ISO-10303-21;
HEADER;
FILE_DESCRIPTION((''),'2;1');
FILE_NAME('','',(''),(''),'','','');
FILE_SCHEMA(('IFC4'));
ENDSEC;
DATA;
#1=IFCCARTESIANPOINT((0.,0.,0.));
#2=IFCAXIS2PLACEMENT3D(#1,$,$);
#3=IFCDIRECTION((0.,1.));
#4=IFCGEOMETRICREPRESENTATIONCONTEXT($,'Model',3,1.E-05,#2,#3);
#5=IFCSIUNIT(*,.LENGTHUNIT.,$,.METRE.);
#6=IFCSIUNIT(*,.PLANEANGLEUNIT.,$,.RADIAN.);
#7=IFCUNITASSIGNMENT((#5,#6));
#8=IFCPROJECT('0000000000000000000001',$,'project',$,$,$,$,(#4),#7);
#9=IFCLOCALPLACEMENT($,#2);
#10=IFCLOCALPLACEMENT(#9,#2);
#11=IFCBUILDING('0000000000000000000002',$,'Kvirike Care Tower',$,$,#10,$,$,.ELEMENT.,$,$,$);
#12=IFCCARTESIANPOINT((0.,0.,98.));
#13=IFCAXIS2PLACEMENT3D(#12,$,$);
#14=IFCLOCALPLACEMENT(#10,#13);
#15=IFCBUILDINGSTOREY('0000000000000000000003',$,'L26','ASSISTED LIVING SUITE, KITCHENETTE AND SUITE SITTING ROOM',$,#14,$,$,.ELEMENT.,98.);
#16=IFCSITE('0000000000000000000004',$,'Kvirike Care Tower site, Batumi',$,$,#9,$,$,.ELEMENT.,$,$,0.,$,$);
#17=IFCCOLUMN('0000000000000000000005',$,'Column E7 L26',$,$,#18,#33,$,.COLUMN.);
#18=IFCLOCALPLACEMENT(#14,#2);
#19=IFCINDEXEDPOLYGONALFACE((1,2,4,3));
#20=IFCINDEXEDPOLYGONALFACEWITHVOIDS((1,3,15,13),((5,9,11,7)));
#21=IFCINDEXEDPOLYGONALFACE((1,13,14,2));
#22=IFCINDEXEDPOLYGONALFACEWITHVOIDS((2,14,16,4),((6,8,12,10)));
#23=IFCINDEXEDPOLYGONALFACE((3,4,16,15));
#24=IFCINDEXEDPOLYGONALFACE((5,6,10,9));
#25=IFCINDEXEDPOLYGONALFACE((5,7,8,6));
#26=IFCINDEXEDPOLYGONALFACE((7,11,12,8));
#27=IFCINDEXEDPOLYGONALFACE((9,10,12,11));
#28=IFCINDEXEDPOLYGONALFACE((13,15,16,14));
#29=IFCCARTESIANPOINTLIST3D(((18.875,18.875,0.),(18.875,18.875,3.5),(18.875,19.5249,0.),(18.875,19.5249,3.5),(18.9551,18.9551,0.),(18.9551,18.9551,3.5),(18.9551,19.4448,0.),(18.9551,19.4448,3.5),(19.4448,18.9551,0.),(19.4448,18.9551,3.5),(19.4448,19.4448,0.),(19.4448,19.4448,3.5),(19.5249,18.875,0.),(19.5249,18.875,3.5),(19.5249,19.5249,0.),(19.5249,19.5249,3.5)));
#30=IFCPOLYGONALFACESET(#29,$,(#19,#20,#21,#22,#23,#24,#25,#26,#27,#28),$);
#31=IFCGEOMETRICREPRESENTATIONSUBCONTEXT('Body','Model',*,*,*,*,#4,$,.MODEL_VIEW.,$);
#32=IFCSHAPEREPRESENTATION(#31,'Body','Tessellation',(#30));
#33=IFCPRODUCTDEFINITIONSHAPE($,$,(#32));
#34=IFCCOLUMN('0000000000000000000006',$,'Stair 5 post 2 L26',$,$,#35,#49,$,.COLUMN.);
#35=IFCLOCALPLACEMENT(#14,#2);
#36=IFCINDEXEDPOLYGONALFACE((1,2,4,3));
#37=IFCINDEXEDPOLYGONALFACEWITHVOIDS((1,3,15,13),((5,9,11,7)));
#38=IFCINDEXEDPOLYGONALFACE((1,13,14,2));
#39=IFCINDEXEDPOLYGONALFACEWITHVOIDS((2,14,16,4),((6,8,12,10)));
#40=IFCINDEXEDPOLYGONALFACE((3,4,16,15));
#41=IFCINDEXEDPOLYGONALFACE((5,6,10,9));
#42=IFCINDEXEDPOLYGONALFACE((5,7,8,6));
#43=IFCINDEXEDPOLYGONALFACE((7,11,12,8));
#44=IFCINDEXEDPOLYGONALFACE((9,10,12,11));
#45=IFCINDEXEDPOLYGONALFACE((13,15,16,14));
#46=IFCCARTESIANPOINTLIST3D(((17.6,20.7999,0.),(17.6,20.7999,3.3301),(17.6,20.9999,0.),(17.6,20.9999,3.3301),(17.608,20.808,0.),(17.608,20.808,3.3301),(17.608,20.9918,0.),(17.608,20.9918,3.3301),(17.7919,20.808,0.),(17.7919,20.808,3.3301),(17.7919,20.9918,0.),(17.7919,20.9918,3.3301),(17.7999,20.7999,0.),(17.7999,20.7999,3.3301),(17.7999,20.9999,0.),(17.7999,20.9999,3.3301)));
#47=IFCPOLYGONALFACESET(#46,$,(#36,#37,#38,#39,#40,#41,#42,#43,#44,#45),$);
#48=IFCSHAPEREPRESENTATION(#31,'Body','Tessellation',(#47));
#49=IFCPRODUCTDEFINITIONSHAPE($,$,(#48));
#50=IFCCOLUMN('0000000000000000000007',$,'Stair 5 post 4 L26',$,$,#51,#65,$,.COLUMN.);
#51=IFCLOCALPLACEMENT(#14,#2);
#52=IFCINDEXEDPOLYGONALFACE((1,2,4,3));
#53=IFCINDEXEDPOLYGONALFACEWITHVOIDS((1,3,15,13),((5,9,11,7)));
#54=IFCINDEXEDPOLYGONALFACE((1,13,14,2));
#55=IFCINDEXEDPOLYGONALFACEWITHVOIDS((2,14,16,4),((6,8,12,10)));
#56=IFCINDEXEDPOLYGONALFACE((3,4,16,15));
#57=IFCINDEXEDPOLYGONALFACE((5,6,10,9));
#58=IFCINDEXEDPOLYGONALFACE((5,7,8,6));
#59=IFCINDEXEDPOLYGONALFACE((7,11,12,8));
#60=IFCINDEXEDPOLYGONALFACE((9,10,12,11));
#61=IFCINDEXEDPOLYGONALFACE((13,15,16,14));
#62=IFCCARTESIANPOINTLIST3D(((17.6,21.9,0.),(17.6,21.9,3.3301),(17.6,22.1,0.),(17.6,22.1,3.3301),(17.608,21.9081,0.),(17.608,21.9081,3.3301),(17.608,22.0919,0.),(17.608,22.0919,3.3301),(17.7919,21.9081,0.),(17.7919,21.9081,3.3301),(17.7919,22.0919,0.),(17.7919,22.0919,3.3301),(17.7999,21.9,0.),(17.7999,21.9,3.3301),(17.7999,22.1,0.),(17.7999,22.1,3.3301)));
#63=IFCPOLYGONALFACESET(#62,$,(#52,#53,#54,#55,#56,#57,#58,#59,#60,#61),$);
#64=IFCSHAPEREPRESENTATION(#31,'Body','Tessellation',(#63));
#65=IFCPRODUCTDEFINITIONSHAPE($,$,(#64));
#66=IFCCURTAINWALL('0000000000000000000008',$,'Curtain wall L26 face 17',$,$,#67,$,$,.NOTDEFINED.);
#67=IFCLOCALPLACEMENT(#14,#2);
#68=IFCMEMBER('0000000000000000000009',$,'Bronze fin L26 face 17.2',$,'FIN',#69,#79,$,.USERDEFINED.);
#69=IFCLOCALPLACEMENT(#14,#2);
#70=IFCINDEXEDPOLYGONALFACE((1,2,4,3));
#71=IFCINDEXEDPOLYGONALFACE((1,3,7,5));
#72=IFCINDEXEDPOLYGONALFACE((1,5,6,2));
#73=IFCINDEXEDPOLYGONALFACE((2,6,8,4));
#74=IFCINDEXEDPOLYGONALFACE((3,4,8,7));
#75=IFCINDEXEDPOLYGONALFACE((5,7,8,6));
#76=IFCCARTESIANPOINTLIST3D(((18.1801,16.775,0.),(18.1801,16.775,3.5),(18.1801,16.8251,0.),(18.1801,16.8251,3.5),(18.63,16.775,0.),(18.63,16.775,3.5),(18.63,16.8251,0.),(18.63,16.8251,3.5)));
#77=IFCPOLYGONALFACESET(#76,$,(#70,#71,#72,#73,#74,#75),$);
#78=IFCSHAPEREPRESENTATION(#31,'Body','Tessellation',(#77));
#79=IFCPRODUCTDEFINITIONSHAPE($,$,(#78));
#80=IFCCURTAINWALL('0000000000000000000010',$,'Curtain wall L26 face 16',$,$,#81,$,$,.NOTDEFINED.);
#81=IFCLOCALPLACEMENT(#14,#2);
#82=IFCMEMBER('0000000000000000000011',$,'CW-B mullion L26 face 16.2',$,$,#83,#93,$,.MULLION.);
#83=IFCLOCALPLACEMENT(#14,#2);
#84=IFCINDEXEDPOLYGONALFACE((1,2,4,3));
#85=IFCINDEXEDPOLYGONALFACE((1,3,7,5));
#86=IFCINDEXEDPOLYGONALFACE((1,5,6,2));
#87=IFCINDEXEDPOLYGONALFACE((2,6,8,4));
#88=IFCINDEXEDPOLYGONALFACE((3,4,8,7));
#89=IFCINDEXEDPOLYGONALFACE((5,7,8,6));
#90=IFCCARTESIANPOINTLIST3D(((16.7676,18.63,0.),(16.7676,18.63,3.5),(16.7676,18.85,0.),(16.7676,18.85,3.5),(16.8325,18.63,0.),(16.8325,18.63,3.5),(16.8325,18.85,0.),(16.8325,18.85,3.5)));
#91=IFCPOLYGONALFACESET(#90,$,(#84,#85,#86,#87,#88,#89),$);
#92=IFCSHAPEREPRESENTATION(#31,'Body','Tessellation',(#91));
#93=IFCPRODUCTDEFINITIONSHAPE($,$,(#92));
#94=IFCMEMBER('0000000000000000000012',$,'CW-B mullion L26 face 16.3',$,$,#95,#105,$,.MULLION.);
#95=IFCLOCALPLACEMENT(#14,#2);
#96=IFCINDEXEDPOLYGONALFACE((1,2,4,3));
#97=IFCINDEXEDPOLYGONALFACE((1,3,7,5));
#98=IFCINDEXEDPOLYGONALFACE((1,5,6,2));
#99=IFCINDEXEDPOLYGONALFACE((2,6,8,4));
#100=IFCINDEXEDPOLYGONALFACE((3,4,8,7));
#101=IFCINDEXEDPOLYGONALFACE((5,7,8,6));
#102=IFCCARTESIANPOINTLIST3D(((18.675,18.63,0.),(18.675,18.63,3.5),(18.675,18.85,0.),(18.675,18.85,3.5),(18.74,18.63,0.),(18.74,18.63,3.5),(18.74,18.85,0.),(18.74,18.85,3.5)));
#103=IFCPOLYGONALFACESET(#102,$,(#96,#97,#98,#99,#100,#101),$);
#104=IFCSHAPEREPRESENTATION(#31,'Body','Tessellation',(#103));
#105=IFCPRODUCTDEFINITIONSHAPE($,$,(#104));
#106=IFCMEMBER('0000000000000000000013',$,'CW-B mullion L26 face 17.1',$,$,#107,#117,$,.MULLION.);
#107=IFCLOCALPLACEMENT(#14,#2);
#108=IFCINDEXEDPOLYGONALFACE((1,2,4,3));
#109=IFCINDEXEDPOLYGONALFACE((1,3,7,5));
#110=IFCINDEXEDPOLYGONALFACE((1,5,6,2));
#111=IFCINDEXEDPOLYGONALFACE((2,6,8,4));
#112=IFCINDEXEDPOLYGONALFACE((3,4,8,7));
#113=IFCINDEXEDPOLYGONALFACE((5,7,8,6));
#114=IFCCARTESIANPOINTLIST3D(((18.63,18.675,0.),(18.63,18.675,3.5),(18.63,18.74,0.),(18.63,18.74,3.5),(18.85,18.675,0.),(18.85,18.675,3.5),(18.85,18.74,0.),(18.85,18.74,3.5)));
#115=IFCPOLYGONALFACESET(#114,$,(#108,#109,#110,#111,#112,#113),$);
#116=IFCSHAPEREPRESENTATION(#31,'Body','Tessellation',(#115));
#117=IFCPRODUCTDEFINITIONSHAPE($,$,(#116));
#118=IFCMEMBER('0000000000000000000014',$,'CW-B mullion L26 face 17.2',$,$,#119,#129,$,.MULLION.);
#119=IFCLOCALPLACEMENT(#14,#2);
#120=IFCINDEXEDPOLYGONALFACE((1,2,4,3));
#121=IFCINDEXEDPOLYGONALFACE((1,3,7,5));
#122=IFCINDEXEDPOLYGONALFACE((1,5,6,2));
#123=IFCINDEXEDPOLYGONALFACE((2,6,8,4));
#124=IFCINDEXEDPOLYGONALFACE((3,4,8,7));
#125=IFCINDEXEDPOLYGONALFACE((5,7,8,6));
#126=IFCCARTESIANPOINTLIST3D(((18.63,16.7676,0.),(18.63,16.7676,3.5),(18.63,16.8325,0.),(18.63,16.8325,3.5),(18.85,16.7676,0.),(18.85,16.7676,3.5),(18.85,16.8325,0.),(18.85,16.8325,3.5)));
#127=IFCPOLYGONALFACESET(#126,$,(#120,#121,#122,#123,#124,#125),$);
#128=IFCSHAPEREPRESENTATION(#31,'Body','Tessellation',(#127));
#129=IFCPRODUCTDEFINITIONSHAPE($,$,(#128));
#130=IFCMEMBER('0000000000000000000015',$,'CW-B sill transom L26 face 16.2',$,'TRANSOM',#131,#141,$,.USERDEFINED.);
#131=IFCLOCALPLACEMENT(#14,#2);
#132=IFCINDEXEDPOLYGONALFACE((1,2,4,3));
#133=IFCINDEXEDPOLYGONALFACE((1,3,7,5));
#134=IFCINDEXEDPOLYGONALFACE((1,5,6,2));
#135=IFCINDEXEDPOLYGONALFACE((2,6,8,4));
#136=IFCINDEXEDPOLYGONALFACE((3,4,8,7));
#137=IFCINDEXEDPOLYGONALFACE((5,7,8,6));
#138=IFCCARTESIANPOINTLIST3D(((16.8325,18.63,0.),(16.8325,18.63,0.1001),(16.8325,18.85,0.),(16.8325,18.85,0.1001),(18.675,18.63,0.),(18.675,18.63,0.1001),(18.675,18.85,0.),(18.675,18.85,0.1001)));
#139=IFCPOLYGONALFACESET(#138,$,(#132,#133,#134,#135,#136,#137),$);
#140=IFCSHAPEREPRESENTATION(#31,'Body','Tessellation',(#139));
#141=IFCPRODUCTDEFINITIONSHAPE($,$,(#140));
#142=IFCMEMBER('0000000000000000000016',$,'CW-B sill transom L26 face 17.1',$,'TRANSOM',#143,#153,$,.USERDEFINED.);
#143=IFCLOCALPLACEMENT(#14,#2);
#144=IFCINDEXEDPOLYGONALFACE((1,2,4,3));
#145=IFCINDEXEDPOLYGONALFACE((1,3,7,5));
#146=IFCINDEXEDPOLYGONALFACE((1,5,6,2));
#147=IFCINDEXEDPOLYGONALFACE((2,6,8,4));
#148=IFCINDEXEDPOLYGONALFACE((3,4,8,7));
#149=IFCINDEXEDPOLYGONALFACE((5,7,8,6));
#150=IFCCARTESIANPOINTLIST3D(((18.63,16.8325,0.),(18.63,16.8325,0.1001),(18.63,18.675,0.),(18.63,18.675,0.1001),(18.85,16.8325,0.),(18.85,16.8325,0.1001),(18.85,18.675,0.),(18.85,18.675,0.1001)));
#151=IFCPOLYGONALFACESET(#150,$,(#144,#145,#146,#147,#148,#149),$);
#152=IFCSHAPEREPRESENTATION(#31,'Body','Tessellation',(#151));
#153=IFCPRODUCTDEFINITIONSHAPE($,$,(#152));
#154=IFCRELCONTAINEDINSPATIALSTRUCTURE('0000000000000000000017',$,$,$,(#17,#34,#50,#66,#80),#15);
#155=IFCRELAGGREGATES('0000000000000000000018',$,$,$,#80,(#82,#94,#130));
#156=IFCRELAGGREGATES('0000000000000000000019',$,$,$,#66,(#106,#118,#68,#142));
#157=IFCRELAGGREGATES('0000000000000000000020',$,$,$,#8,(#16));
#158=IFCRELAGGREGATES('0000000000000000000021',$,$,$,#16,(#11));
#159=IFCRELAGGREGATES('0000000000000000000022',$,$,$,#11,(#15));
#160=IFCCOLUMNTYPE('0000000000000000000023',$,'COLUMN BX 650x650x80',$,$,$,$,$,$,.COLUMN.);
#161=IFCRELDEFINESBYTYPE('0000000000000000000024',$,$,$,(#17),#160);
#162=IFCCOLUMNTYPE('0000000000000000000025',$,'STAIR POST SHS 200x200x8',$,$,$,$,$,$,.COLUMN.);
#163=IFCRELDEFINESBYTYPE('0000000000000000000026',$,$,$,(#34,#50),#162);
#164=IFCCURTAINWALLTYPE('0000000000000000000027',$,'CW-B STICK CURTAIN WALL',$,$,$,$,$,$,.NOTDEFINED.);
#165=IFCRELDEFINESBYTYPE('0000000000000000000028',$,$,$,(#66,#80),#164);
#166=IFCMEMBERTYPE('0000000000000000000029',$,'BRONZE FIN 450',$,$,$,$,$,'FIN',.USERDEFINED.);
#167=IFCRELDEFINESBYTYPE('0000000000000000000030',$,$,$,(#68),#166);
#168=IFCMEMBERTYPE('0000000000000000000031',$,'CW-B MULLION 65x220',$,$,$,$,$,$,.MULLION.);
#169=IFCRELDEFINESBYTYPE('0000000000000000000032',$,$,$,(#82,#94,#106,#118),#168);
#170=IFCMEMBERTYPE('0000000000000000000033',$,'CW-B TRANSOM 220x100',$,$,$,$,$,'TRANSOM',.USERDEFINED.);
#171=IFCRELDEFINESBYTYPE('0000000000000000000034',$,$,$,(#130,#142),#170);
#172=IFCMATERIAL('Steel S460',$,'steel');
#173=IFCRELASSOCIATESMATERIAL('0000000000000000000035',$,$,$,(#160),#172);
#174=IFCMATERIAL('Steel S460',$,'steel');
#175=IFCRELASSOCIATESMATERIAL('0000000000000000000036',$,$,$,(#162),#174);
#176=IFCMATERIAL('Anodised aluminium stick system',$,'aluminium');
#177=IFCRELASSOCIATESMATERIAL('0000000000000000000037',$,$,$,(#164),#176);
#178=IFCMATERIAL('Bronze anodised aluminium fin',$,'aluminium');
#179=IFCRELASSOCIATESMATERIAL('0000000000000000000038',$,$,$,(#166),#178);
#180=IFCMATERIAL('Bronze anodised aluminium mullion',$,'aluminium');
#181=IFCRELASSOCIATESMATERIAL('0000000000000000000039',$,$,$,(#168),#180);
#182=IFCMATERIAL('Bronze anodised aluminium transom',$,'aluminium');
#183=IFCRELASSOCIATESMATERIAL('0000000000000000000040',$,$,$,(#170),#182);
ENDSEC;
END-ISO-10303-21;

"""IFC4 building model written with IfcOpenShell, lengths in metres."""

from ifc_helpers import new_model, si_unit, direction, frame, origin, origin_2d, place, context, subcontext, project, spatial, rectangle, hollow_rectangle, extrude, material, material_profile, profile_set, type_object, element, aggregate, save


model = new_model("IFC4")

# Units and contexts
model_context = context("Model", 3, precision=1e-05, world=origin(), true_north=direction((0.0, 1.0)))
body_context = subcontext(model_context, "Body", "Model", "MODEL_VIEW")
ifc_project = project(units=[si_unit("LENGTHUNIT", "METRE"), si_unit("PLANEANGLEUNIT", "RADIAN")], contexts=[model_context])

# Site, building, storey
site_placement = place(None, origin())
site = spatial("IfcSite", under=ifc_project, at=site_placement, Name="Kvirike Care Tower site, Batumi", CompositionType="ELEMENT", RefElevation=0.0)
building_placement = place(site_placement, origin())
building = spatial("IfcBuilding", under=site, at=building_placement, Name="Kvirike Care Tower", CompositionType="ELEMENT")
storey_placement = place(building_placement, frame((0.0, 0.0, 98.0)))
storey = spatial("IfcBuildingStorey", under=building, at=storey_placement, Name="L26", Description="ASSISTED LIVING SUITE, KITCHENETTE AND SUITE SITTING ROOM", CompositionType="ELEMENT", Elevation=98.0)

# Columns
ifc_material_1 = material(Name="Steel S460", Category="steel")
ifc_material_profile_1 = material_profile(ifc_material_1, hollow_rectangle(XDim=0.6499, YDim=0.6499, WallThickness=0.0801, at=origin_2d()), Name="BX 650x650x80")
ifc_profile_set_1 = profile_set([ifc_material_profile_1], Name="Steel S460")
column_type_1 = type_object("IfcColumnType", Name="COLUMN BX 650x650x80", PredefinedType="COLUMN", material=ifc_profile_set_1)
column_placement = place(storey_placement, frame((19.2, 19.2, 0.0), z_axis=(0.0, 0.0, 1.0), x_axis=(0.0, 1.0, 0.0)))
element("IfcColumn", 1, at=column_placement, inside=storey, type_object=column_type_1, Name="Column E7 L26", PredefinedType="COLUMN", context=body_context, shape_type="SweptSolid", body=[
    extrude(hollow_rectangle(XDim=0.6499, YDim=0.6499, WallThickness=0.0801, at=origin_2d()), origin(), (0.0, 0.0, 1.0), 3.5),
])
ifc_material_2 = material(Name="Steel S460", Category="steel")
ifc_material_profile_2 = material_profile(ifc_material_2, hollow_rectangle(XDim=0.2, YDim=0.2, WallThickness=0.0081, at=origin_2d()), Name="SHS 200x200x8")
ifc_profile_set_2 = profile_set([ifc_material_profile_2], Name="Steel S460")
column_type_2 = type_object("IfcColumnType", Name="STAIR POST SHS 200x200x8", PredefinedType="COLUMN", material=ifc_profile_set_2)
for number, where, z_axis, x_axis, name in (
    (2, (17.7, 20.8999, 0.0), (0.0, 0.0, 1.0), (1.0, 0.0, 0.0), "Stair 5 post 2 L26"),
    (3, (17.7, 22.0, 0.0), (0.0, 0.0, 1.0), (1.0, 0.0, 0.0), "Stair 5 post 4 L26"),
):
    element("IfcColumn", number, at=place(storey_placement, frame(where, z_axis=z_axis, x_axis=x_axis)), inside=storey, type_object=column_type_2, Name=name, PredefinedType="COLUMN", context=body_context, shape_type="SweptSolid", body=[
        extrude(hollow_rectangle(XDim=0.2, YDim=0.2, WallThickness=0.0081, at=origin_2d()), origin(), (0.0, 0.0, 1.0), 3.3301),
    ])

# Curtain wall, member
ifc_material_3 = material(Name="Anodised aluminium stick system", Category="aluminium")
curtain_wall_type = type_object("IfcCurtainWallType", Name="CW-B STICK CURTAIN WALL", PredefinedType="NOTDEFINED", material=ifc_material_3)
curtain_wall_1_placement = place(storey_placement, origin())
curtain_wall_1 = element("IfcCurtainWall", 4, at=curtain_wall_1_placement, inside=storey, type_object=curtain_wall_type, Name="Curtain wall L26 face 17", PredefinedType="NOTDEFINED")
ifc_material_4 = material(Name="Bronze anodised aluminium fin", Category="aluminium")
ifc_material_profile_3 = material_profile(ifc_material_4, rectangle(XDim=0.05, YDim=0.45, at=origin_2d()), Name="BRONZE FIN 450")
ifc_profile_set_3 = profile_set([ifc_material_profile_3], Name="Bronze anodised aluminium fin")
member_type_1 = type_object("IfcMemberType", Name="BRONZE FIN 450", ElementType="FIN", PredefinedType="USERDEFINED", material=ifc_profile_set_3)
member_1_placement = place(storey_placement, frame((18.405, 16.8, 0.0), z_axis=(0.0, 0.0, 1.0), x_axis=(0.0, -1.0, 0.0)))
member_1 = element("IfcMember", 5, at=member_1_placement, type_object=member_type_1, Name="Bronze fin L26 face 17.2", ObjectType="FIN", PredefinedType="USERDEFINED", context=body_context, shape_type="SweptSolid", body=[
    extrude(rectangle(XDim=0.05, YDim=0.45, at=origin_2d()), origin(), (0.0, 0.0, 1.0), 3.5),
])

# Curtain wall, members
curtain_wall_2_placement = place(storey_placement, origin())
curtain_wall_2 = element("IfcCurtainWall", 6, at=curtain_wall_2_placement, inside=storey, type_object=curtain_wall_type, Name="Curtain wall L26 face 16", PredefinedType="NOTDEFINED")
ifc_material_5 = material(Name="Bronze anodised aluminium mullion", Category="aluminium")
ifc_material_profile_4 = material_profile(ifc_material_5, rectangle(XDim=0.0649, YDim=0.22, at=origin_2d()), Name="CW-B MULLION 65x220")
ifc_profile_set_4 = profile_set([ifc_material_profile_4], Name="Bronze anodised aluminium mullion")
member_type_2 = type_object("IfcMemberType", Name="CW-B MULLION 65x220", PredefinedType="MULLION", material=ifc_profile_set_4)
member_2_placement = place(storey_placement, frame((16.8, 18.74, 0.0), z_axis=(0.0, 0.0, 1.0), x_axis=(1.0, 0.0, 0.0)))
member_2 = element("IfcMember", 7, at=member_2_placement, type_object=member_type_2, Name="CW-B mullion L26 face 16.2", PredefinedType="MULLION", context=body_context, shape_type="SweptSolid", body=[
    extrude(rectangle(XDim=0.0649, YDim=0.22, at=origin_2d()), origin(), (0.0, 0.0, 1.0), 3.5),
])
member_3_placement = place(storey_placement, frame((18.7075, 18.74, 0.0), z_axis=(0.0, 0.0, 1.0), x_axis=(1.0, 0.0, 0.0)))
member_3 = element("IfcMember", 8, at=member_3_placement, type_object=member_type_2, Name="CW-B mullion L26 face 16.3", PredefinedType="MULLION", context=body_context, shape_type="SweptSolid", body=[
    extrude(rectangle(XDim=0.0649, YDim=0.22, at=origin_2d()), origin(), (0.0, 0.0, 1.0), 3.5),
])

# Members
member_4_placement = place(storey_placement, frame((18.74, 18.7075, 0.0), z_axis=(0.0, 0.0, 1.0), x_axis=(0.0, -1.0, 0.0)))
member_4 = element("IfcMember", 9, at=member_4_placement, type_object=member_type_2, Name="CW-B mullion L26 face 17.1", PredefinedType="MULLION", context=body_context, shape_type="SweptSolid", body=[
    extrude(rectangle(XDim=0.0649, YDim=0.22, at=origin_2d()), origin(), (0.0, 0.0, 1.0), 3.5),
])
member_5_placement = place(storey_placement, frame((18.74, 16.8, 0.0), z_axis=(0.0, 0.0, 1.0), x_axis=(0.0, -1.0, 0.0)))
member_5 = element("IfcMember", 10, at=member_5_placement, type_object=member_type_2, Name="CW-B mullion L26 face 17.2", PredefinedType="MULLION", context=body_context, shape_type="SweptSolid", body=[
    extrude(rectangle(XDim=0.0649, YDim=0.22, at=origin_2d()), origin(), (0.0, 0.0, 1.0), 3.5),
])
ifc_material_6 = material(Name="Bronze anodised aluminium transom", Category="aluminium")
ifc_material_profile_5 = material_profile(ifc_material_6, rectangle(XDim=0.22, YDim=0.1001, at=origin_2d()), Name="CW-B TRANSOM 220x100")
ifc_profile_set_5 = profile_set([ifc_material_profile_5], Name="Bronze anodised aluminium transom")
member_type_3 = type_object("IfcMemberType", Name="CW-B TRANSOM 220x100", ElementType="TRANSOM", PredefinedType="USERDEFINED", material=ifc_profile_set_5)
member_6_placement = place(storey_placement, frame((16.8325, 18.74, 0.05), z_axis=(1.0, 0.0, 0.0), x_axis=(0.0, 1.0, 0.0)))
member_6 = element("IfcMember", 11, at=member_6_placement, type_object=member_type_3, Name="CW-B sill transom L26 face 16.2", ObjectType="TRANSOM", PredefinedType="USERDEFINED", context=body_context, shape_type="SweptSolid", body=[
    extrude(rectangle(XDim=0.22, YDim=0.1001, at=origin_2d()), origin(), (0.0, 0.0, 1.0), 1.8425),
])
member_7_placement = place(storey_placement, frame((18.74, 18.675, 0.05), z_axis=(0.0, -1.0, 0.0), x_axis=(1.0, 0.0, 0.0)))
member_7 = element("IfcMember", 12, at=member_7_placement, type_object=member_type_3, Name="CW-B sill transom L26 face 17.1", ObjectType="TRANSOM", PredefinedType="USERDEFINED", context=body_context, shape_type="SweptSolid", body=[
    extrude(rectangle(XDim=0.22, YDim=0.1001, at=origin_2d()), origin(), (0.0, 0.0, 1.0), 1.8425),
])

aggregate(curtain_wall_2, [member_2, member_3, member_6])
aggregate(curtain_wall_1, [member_4, member_5, member_1, member_7])

save(model, "model.ifc")
